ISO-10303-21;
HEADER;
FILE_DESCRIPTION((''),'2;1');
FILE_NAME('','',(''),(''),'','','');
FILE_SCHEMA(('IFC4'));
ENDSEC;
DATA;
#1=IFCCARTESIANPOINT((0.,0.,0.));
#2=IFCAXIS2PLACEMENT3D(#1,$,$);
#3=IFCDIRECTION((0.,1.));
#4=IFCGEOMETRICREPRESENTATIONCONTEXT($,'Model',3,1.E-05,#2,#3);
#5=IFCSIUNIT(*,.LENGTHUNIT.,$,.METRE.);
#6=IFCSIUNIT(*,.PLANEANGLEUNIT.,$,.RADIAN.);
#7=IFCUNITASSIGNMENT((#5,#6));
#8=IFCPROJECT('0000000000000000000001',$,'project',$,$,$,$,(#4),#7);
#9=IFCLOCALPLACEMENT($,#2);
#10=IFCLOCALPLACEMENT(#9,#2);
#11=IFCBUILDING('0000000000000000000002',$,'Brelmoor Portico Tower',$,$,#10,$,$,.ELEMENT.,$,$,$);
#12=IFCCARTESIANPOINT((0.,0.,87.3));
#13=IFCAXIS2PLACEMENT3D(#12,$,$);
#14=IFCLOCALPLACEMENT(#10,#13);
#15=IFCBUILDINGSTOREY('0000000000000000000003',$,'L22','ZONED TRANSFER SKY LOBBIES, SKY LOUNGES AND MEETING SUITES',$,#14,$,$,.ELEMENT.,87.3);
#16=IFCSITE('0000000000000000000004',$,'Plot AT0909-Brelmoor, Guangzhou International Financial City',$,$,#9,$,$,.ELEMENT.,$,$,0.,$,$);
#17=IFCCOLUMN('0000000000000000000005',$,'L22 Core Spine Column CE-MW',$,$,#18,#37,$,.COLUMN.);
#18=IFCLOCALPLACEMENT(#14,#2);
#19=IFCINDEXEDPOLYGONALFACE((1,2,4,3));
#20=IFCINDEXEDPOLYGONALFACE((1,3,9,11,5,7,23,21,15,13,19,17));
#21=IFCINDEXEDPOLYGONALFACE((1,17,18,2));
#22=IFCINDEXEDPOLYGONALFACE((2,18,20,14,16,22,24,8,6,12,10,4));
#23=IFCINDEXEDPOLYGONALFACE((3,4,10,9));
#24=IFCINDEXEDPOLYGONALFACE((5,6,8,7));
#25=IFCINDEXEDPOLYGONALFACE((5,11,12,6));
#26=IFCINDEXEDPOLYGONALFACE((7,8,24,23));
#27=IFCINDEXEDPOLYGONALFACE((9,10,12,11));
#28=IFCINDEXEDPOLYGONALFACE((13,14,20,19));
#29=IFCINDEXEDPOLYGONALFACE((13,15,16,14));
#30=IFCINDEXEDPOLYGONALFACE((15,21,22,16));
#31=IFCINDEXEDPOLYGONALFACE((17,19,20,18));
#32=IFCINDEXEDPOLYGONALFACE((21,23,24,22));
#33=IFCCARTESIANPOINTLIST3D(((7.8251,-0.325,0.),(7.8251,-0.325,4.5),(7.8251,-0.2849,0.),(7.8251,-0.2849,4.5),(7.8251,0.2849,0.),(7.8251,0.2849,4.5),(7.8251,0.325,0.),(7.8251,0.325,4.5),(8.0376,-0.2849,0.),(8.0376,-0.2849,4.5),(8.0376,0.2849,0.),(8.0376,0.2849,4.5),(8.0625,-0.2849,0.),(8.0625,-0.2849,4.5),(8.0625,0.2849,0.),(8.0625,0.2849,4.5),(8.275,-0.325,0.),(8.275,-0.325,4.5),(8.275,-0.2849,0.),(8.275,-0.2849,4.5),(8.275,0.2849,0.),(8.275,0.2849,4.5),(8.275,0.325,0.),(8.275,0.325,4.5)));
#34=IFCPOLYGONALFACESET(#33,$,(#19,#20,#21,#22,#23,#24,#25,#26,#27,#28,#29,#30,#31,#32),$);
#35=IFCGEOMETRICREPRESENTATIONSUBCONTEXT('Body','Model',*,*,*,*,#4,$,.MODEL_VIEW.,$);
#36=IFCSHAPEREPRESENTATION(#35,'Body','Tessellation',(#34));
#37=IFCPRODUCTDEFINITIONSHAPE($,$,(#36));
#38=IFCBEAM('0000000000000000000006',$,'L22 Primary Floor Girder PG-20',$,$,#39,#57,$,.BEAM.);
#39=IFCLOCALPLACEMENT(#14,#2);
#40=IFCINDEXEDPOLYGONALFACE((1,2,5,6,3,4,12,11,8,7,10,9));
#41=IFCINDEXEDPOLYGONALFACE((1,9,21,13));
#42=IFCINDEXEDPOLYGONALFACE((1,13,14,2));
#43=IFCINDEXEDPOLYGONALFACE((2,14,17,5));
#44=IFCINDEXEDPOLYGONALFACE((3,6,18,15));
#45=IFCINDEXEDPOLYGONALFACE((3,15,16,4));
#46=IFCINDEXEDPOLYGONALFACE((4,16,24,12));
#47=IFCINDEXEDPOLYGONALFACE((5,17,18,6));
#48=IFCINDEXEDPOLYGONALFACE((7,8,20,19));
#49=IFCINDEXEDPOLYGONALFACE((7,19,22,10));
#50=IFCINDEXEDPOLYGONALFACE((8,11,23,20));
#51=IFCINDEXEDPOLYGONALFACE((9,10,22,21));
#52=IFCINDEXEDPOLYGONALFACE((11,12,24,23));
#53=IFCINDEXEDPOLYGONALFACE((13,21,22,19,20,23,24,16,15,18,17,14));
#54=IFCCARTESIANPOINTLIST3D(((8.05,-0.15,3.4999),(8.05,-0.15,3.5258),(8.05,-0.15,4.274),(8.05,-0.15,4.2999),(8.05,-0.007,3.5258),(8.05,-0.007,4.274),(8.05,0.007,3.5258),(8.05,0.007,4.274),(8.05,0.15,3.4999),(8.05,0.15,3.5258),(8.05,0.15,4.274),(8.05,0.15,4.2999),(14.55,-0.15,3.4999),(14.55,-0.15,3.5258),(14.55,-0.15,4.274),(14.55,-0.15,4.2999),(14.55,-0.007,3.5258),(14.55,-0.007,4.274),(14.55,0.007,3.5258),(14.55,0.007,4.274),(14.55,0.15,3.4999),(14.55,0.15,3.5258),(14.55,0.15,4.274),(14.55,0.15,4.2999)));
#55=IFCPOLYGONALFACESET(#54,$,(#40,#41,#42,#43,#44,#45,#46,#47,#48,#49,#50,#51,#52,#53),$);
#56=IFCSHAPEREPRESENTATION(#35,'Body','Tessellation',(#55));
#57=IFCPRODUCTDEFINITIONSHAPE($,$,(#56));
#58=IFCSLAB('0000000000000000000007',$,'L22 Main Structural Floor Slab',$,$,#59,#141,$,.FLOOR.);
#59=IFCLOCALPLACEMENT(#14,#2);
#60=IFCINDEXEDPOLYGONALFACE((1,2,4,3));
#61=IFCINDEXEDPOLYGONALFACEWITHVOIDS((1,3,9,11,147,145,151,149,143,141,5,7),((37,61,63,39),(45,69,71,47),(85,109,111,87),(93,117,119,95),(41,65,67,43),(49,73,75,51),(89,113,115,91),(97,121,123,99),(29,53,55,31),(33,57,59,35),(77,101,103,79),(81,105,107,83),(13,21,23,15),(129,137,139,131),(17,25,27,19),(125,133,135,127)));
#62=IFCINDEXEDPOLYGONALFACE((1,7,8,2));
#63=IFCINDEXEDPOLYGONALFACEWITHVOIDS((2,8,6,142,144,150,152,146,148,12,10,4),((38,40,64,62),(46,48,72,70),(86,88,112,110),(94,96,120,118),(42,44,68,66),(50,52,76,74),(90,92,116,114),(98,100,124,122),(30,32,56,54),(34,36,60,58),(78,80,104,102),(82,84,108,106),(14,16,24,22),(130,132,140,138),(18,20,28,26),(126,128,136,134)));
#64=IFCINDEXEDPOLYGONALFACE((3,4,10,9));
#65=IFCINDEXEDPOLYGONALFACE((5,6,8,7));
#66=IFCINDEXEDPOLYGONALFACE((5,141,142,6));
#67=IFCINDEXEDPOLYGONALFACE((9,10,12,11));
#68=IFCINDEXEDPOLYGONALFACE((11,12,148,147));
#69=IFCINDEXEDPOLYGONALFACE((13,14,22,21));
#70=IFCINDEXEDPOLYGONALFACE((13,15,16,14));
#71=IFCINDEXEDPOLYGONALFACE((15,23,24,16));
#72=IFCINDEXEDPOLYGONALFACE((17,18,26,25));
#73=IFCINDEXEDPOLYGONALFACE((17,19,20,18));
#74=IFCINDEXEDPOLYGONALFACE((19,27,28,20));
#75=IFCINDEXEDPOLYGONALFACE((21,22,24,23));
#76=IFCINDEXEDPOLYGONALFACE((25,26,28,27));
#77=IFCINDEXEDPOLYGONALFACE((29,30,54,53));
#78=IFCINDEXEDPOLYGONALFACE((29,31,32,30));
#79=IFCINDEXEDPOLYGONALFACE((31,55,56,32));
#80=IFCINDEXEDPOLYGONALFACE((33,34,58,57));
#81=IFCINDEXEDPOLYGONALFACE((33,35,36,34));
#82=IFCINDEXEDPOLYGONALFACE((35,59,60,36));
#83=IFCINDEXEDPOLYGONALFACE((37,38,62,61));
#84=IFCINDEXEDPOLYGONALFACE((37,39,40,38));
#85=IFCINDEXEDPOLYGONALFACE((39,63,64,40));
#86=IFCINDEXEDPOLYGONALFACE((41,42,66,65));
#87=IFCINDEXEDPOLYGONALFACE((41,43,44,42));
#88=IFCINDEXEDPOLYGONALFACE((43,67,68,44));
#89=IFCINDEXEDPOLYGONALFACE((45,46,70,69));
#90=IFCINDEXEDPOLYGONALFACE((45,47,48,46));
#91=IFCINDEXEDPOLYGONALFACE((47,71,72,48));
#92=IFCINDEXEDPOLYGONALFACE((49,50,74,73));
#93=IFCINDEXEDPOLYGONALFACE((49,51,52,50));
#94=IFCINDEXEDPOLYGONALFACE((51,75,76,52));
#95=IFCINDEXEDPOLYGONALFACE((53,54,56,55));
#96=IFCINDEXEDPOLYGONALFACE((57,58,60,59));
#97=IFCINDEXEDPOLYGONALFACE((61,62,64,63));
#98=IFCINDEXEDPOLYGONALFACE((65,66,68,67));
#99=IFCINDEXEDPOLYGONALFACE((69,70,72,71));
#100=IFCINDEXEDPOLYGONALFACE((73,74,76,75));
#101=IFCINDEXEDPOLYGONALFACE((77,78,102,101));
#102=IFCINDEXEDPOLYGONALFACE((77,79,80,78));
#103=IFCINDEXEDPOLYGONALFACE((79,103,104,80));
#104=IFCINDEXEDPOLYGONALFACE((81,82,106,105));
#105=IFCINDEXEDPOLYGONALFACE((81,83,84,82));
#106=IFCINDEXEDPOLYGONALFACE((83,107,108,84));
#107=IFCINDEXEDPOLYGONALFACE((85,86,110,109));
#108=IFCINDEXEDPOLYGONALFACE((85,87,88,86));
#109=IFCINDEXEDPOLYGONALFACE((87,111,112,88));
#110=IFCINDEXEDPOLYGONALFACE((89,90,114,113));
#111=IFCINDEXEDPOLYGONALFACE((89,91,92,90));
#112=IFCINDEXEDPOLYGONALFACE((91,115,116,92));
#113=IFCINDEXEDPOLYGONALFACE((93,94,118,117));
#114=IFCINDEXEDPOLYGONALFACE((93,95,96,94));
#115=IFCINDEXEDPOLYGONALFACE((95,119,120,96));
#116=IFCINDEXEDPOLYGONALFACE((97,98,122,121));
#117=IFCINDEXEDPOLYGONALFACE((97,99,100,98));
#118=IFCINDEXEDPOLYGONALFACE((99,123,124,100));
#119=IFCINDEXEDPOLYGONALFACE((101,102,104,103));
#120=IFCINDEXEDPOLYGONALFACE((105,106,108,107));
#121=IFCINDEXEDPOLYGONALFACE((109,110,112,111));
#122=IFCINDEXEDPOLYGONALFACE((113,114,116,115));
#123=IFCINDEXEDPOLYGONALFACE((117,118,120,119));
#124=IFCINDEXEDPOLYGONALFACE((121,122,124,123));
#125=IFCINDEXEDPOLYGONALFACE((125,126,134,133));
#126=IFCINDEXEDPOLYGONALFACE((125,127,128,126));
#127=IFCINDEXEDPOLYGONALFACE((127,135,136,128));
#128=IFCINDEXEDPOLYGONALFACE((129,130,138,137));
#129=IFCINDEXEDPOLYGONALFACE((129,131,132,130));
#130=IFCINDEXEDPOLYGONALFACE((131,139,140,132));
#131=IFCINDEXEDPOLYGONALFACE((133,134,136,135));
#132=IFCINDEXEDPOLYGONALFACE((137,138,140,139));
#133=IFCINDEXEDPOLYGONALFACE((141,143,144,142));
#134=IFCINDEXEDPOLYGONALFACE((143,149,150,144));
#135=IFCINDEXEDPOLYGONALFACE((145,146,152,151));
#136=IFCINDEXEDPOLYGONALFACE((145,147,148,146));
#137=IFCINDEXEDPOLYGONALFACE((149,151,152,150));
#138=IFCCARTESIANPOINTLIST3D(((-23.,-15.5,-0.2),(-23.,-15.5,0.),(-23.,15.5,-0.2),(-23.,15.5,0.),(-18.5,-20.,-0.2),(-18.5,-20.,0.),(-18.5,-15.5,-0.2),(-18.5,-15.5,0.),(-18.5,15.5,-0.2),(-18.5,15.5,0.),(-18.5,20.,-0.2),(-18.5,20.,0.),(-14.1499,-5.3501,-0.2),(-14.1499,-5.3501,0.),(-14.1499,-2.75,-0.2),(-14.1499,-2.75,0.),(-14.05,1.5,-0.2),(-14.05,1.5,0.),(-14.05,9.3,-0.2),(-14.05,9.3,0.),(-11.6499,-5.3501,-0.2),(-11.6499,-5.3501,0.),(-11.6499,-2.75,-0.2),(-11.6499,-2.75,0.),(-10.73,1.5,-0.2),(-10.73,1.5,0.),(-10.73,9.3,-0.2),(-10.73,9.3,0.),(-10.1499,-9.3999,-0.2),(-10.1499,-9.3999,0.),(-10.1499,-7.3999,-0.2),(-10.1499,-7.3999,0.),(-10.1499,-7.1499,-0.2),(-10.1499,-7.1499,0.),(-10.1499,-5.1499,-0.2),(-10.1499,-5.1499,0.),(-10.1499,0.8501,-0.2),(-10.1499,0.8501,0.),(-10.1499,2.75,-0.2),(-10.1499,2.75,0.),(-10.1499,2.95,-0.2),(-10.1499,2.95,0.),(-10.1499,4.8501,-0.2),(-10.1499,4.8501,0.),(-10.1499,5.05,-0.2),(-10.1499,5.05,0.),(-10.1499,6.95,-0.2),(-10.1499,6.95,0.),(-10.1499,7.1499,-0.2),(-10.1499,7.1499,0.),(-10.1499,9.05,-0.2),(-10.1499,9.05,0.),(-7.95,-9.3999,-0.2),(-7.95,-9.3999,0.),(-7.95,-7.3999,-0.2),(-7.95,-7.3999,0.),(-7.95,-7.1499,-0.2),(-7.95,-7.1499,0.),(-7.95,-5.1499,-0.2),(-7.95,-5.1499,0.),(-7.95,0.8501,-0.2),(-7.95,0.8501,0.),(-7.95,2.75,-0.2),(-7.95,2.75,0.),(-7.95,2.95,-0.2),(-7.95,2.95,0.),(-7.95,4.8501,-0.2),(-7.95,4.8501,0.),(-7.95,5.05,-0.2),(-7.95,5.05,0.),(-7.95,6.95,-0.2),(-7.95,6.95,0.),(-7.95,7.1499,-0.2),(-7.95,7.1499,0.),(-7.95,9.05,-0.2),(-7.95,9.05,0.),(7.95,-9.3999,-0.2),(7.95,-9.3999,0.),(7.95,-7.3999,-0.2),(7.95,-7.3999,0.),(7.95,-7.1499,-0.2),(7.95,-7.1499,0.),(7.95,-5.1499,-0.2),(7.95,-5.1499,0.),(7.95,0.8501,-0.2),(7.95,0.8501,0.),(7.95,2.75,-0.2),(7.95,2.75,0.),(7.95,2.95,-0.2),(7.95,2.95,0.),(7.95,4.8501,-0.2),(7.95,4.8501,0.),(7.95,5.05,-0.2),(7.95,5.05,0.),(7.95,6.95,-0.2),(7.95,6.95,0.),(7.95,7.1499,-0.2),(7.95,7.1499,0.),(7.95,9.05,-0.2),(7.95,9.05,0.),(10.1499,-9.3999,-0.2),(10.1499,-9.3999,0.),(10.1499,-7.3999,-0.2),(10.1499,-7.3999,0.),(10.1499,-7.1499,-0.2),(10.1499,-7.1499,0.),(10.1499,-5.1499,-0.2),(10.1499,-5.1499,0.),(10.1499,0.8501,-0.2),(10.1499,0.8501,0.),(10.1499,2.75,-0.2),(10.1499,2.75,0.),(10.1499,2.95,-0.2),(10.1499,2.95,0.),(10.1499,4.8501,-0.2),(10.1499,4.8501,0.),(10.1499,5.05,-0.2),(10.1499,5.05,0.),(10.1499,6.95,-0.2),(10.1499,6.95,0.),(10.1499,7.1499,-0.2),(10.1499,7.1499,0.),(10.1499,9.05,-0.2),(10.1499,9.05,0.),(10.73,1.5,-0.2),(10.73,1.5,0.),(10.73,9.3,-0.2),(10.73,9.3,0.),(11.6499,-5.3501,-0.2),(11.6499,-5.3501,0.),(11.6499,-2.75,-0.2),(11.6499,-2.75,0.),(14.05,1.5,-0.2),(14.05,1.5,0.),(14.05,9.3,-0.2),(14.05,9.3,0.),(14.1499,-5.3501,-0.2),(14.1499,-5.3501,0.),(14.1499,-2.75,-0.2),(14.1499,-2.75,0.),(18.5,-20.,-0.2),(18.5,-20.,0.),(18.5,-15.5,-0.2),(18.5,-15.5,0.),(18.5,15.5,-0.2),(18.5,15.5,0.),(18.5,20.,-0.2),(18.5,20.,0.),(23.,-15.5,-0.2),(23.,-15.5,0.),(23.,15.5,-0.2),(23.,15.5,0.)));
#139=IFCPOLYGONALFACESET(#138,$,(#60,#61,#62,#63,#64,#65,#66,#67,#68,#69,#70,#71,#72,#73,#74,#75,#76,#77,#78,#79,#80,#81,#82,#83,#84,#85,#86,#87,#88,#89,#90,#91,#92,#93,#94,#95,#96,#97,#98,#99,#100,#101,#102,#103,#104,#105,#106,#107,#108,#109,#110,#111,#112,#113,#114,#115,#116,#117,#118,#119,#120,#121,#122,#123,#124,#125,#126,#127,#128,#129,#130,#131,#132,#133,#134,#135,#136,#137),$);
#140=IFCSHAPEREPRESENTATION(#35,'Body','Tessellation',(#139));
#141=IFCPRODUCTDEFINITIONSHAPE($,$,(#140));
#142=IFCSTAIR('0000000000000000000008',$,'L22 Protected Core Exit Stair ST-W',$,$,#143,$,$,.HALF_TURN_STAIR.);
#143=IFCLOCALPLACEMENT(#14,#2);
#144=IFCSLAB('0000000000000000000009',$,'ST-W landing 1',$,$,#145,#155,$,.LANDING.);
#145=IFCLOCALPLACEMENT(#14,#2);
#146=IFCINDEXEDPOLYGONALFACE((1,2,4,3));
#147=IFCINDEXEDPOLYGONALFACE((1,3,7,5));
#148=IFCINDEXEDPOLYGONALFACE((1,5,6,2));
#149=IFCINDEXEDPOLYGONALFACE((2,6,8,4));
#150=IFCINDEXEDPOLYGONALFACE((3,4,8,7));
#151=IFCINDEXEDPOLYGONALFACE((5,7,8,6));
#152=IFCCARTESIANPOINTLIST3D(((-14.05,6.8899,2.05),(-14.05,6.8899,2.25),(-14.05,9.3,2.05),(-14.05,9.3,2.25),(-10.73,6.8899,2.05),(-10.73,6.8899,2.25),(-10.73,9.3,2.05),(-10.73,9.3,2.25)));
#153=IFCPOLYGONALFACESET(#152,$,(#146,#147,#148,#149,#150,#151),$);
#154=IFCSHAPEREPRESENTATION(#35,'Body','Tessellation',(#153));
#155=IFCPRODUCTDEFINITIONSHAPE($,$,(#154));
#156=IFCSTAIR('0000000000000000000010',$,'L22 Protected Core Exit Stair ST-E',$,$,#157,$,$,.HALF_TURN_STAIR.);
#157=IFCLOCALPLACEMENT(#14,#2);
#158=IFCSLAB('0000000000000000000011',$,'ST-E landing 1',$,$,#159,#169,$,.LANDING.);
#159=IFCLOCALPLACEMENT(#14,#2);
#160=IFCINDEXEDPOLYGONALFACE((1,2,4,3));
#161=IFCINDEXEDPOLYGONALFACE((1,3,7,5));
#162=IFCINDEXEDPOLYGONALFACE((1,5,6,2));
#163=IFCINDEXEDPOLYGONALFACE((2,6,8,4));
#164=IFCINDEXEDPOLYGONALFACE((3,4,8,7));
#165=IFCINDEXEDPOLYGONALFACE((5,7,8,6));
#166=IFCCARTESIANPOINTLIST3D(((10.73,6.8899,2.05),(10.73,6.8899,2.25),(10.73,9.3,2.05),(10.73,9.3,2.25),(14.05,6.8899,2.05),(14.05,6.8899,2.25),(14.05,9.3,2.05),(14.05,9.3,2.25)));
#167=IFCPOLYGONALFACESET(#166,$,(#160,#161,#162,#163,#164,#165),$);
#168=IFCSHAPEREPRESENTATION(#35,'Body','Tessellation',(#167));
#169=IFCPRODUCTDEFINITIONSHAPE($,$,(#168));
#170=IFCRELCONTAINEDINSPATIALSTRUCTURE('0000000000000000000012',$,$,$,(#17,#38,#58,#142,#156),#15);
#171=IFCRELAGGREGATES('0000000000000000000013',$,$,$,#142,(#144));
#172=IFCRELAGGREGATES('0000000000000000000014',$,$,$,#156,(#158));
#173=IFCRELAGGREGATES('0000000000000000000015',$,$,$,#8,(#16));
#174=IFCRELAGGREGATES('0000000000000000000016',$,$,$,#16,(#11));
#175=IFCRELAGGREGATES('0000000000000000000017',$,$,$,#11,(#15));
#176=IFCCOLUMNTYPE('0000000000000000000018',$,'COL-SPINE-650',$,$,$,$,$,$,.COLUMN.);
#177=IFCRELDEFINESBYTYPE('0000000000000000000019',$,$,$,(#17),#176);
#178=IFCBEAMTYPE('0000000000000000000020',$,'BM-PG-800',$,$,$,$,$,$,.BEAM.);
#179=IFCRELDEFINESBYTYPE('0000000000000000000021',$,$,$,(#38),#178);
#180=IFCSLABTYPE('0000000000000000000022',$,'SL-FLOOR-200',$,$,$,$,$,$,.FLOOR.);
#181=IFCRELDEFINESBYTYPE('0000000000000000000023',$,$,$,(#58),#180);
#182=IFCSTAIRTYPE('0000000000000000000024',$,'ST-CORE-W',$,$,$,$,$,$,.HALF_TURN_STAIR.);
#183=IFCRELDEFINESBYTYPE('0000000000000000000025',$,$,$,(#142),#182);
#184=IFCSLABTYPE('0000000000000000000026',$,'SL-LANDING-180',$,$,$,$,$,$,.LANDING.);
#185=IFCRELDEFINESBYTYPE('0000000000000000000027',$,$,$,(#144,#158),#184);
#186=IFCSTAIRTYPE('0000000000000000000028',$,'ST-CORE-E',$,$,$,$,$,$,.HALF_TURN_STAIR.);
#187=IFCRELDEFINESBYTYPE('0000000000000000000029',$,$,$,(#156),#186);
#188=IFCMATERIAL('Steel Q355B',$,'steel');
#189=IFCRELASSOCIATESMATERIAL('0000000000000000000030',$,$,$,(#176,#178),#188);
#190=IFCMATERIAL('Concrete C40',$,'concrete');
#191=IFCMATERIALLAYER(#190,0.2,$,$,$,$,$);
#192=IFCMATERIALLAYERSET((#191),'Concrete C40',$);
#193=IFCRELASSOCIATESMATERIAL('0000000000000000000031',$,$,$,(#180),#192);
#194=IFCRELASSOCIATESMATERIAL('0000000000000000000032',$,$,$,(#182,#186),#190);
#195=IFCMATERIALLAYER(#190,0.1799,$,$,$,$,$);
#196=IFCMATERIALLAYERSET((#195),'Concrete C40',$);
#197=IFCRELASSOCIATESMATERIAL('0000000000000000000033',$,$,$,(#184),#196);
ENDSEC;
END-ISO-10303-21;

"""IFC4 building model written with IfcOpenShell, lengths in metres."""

from ifc_helpers import new_model, si_unit, direction, frame, origin, origin_2d, place, context, subcontext, project, spatial, polyline, i_section, outline, extrude, material, layer, layer_set, material_profile, profile_set, type_object, element, aggregate, save


model = new_model("IFC4")

# Units and contexts
model_context = context("Model", 3, precision=1e-05, world=origin(), true_north=direction((0.0, 1.0)))
body_context = subcontext(model_context, "Body", "Model", "MODEL_VIEW")
ifc_project = project(units=[si_unit("LENGTHUNIT", "METRE"), si_unit("PLANEANGLEUNIT", "RADIAN")], contexts=[model_context])

# Site, building, storey
site_placement = place(None, origin())
site = spatial("IfcSite", under=ifc_project, at=site_placement, Name="Plot AT0909-Brelmoor, Guangzhou International Financial City", CompositionType="ELEMENT", RefElevation=0.0)
building_placement = place(site_placement, origin())
building = spatial("IfcBuilding", under=site, at=building_placement, Name="Brelmoor Portico Tower", CompositionType="ELEMENT")
storey_placement = place(building_placement, frame((0.0, 0.0, 87.3)))
storey = spatial("IfcBuildingStorey", under=building, at=storey_placement, Name="L22", Description="ZONED TRANSFER SKY LOBBIES, SKY LOUNGES AND MEETING SUITES", CompositionType="ELEMENT", Elevation=87.3)

# Column
ifc_material_1 = material(Name="Steel Q355B", Category="steel")
ifc_material_profile_1 = material_profile(ifc_material_1, i_section(OverallWidth=0.45, OverallDepth=0.6499, WebThickness=0.0249, FlangeThickness=0.04, at=origin_2d()), Name="HW 650x450x25x40")
ifc_profile_set_1 = profile_set([ifc_material_profile_1], Name="Steel Q355B")
column_type = type_object("IfcColumnType", Name="COL-SPINE-650", PredefinedType="COLUMN", material=ifc_profile_set_1)
column_placement = place(storey_placement, frame((8.05, 0.0, 0.0), z_axis=(0.0, 0.0, 1.0), x_axis=(1.0, 0.0, 0.0)))
element("IfcColumn", 1, at=column_placement, inside=storey, type_object=column_type, Name="L22 Core Spine Column CE-MW", PredefinedType="COLUMN", context=body_context, shape_type="SweptSolid", body=[
    extrude(i_section(OverallWidth=0.45, OverallDepth=0.6499, WebThickness=0.0249, FlangeThickness=0.04, at=origin_2d()), origin(), (0.0, 0.0, 1.0), 4.5),
])

# Beam
ifc_material_profile_2 = material_profile(ifc_material_1, i_section(OverallWidth=0.3, OverallDepth=0.8, WebThickness=0.0139, FlangeThickness=0.0259, at=origin_2d()), Name="HN 800x300x14x26")
ifc_profile_set_2 = profile_set([ifc_material_profile_2], Name="Steel Q355B")
beam_type = type_object("IfcBeamType", Name="BM-PG-800", PredefinedType="BEAM", material=ifc_profile_set_2)
beam_placement = place(storey_placement, frame((8.05, 0.0, 3.8999), z_axis=(1.0, 0.0, 0.0), x_axis=(0.0, 1.0, 0.0)))
element("IfcBeam", 2, at=beam_placement, inside=storey, type_object=beam_type, Name="L22 Primary Floor Girder PG-20", PredefinedType="BEAM", context=body_context, shape_type="SweptSolid", body=[
    extrude(i_section(OverallWidth=0.3, OverallDepth=0.8, WebThickness=0.0139, FlangeThickness=0.0259, at=origin_2d()), origin(), (0.0, 0.0, 1.0), 6.5),
])

# Slab
ifc_material_2 = material(Name="Concrete C40", Category="concrete")
ifc_layer_1 = layer(ifc_material_2, 0.2)
ifc_layer_set_1 = layer_set([ifc_layer_1], Name="Concrete C40")
slab_type_1 = type_object("IfcSlabType", Name="SL-FLOOR-200", PredefinedType="FLOOR", material=ifc_layer_set_1)
slab_1_placement = place(storey_placement, frame((0.0, 0.0, -0.2)))
element("IfcSlab", 3, at=slab_1_placement, inside=storey, type_object=slab_type_1, Name="L22 Main Structural Floor Slab", PredefinedType="FLOOR", context=body_context, shape_type="SweptSolid", body=[
    extrude(outline(polyline([(-18.5, -20.0), (18.5, -20.0), (18.5, -15.5), (23.0, -15.5), (23.0, 15.5), (18.5, 15.5), (18.5, 20.0), (-18.5, 20.0), (-18.5, 15.5), (-23.0, 15.5), (-23.0, -15.5), (-18.5, -15.5), (-18.5, -20.0)]), holes=[polyline([(-10.73, 1.5), (-10.73, 9.3), (-14.05, 9.3), (-14.05, 1.5), (-10.73, 1.5)]), polyline([(14.05, 1.5), (14.05, 9.3), (10.73, 9.3), (10.73, 1.5), (14.05, 1.5)]), polyline([(-10.1499, 0.8501), (-7.95, 0.8501), (-7.95, 2.75), (-10.1499, 2.75), (-10.1499, 0.8501)]), polyline([(-10.1499, 2.95), (-7.95, 2.95), (-7.95, 4.8501), (-10.1499, 4.8501), (-10.1499, 2.95)]), polyline([(-10.1499, 5.05), (-7.95, 5.05), (-7.95, 6.95), (-10.1499, 6.95), (-10.1499, 5.05)]), polyline([(-10.1499, 7.1499), (-7.95, 7.1499), (-7.95, 9.05), (-10.1499, 9.05), (-10.1499, 7.1499)]), polyline([(7.95, 0.8501), (10.1499, 0.8501), (10.1499, 2.75), (7.95, 2.75), (7.95, 0.8501)]), polyline([(7.95, 2.95), (10.1499, 2.95), (10.1499, 4.8501), (7.95, 4.8501), (7.95, 2.95)]), polyline([(7.95, 5.05), (10.1499, 5.05), (10.1499, 6.95), (7.95, 6.95), (7.95, 5.05)]), polyline([(7.95, 7.1499), (10.1499, 7.1499), (10.1499, 9.05), (7.95, 9.05), (7.95, 7.1499)]), polyline([(-10.1499, -9.3999), (-7.95, -9.3999), (-7.95, -7.3999), (-10.1499, -7.3999), (-10.1499, -9.3999)]), polyline([(-10.1499, -7.1499), (-7.95, -7.1499), (-7.95, -5.1499), (-10.1499, -5.1499), (-10.1499, -7.1499)]), polyline([(7.95, -9.3999), (10.1499, -9.3999), (10.1499, -7.3999), (7.95, -7.3999), (7.95, -9.3999)]), polyline([(7.95, -7.1499), (10.1499, -7.1499), (10.1499, -5.1499), (7.95, -5.1499), (7.95, -7.1499)]), polyline([(-14.1499, -5.3501), (-11.6499, -5.3501), (-11.6499, -2.75), (-14.1499, -2.75), (-14.1499, -5.3501)]), polyline([(11.6499, -5.3501), (14.1499, -5.3501), (14.1499, -2.75), (11.6499, -2.75), (11.6499, -5.3501)])]), origin(), (0.0, 0.0, 1.0), 0.2),
])

# Stairs, slabs
stair_type_1 = type_object("IfcStairType", Name="ST-CORE-W", PredefinedType="HALF_TURN_STAIR", material=ifc_material_2)
stair_1_placement = place(storey_placement, origin())
stair_1 = element("IfcStair", 4, at=stair_1_placement, inside=storey, type_object=stair_type_1, Name="L22 Protected Core Exit Stair ST-W", PredefinedType="HALF_TURN_STAIR")
ifc_layer_2 = layer(ifc_material_2, 0.1799)
ifc_layer_set_2 = layer_set([ifc_layer_2], Name="Concrete C40")
slab_type_2 = type_object("IfcSlabType", Name="SL-LANDING-180", PredefinedType="LANDING", material=ifc_layer_set_2)
slab_2_placement = place(storey_placement, frame((0.0, 0.0, 2.05)))
slab_2 = element("IfcSlab", 5, at=slab_2_placement, type_object=slab_type_2, Name="ST-W landing 1", PredefinedType="LANDING", context=body_context, shape_type="SweptSolid", body=[
    extrude(outline(polyline([(-10.73, 6.8899), (-10.73, 9.3), (-14.05, 9.3), (-14.05, 6.8899), (-10.73, 6.8899)])), origin(), (0.0, 0.0, 1.0), 0.2),
])
aggregate(stair_1, [slab_2])
stair_type_2 = type_object("IfcStairType", Name="ST-CORE-E", PredefinedType="HALF_TURN_STAIR", material=ifc_material_2)
stair_2_placement = place(storey_placement, origin())
stair_2 = element("IfcStair", 6, at=stair_2_placement, inside=storey, type_object=stair_type_2, Name="L22 Protected Core Exit Stair ST-E", PredefinedType="HALF_TURN_STAIR")
slab_3_placement = place(storey_placement, frame((0.0, 0.0, 2.05)))
slab_3 = element("IfcSlab", 7, at=slab_3_placement, type_object=slab_type_2, Name="ST-E landing 1", PredefinedType="LANDING", context=body_context, shape_type="SweptSolid", body=[
    extrude(outline(polyline([(14.05, 6.8899), (14.05, 9.3), (10.73, 9.3), (10.73, 6.8899), (14.05, 6.8899)])), origin(), (0.0, 0.0, 1.0), 0.2),
])
aggregate(stair_2, [slab_3])

save(model, "model.ifc")
